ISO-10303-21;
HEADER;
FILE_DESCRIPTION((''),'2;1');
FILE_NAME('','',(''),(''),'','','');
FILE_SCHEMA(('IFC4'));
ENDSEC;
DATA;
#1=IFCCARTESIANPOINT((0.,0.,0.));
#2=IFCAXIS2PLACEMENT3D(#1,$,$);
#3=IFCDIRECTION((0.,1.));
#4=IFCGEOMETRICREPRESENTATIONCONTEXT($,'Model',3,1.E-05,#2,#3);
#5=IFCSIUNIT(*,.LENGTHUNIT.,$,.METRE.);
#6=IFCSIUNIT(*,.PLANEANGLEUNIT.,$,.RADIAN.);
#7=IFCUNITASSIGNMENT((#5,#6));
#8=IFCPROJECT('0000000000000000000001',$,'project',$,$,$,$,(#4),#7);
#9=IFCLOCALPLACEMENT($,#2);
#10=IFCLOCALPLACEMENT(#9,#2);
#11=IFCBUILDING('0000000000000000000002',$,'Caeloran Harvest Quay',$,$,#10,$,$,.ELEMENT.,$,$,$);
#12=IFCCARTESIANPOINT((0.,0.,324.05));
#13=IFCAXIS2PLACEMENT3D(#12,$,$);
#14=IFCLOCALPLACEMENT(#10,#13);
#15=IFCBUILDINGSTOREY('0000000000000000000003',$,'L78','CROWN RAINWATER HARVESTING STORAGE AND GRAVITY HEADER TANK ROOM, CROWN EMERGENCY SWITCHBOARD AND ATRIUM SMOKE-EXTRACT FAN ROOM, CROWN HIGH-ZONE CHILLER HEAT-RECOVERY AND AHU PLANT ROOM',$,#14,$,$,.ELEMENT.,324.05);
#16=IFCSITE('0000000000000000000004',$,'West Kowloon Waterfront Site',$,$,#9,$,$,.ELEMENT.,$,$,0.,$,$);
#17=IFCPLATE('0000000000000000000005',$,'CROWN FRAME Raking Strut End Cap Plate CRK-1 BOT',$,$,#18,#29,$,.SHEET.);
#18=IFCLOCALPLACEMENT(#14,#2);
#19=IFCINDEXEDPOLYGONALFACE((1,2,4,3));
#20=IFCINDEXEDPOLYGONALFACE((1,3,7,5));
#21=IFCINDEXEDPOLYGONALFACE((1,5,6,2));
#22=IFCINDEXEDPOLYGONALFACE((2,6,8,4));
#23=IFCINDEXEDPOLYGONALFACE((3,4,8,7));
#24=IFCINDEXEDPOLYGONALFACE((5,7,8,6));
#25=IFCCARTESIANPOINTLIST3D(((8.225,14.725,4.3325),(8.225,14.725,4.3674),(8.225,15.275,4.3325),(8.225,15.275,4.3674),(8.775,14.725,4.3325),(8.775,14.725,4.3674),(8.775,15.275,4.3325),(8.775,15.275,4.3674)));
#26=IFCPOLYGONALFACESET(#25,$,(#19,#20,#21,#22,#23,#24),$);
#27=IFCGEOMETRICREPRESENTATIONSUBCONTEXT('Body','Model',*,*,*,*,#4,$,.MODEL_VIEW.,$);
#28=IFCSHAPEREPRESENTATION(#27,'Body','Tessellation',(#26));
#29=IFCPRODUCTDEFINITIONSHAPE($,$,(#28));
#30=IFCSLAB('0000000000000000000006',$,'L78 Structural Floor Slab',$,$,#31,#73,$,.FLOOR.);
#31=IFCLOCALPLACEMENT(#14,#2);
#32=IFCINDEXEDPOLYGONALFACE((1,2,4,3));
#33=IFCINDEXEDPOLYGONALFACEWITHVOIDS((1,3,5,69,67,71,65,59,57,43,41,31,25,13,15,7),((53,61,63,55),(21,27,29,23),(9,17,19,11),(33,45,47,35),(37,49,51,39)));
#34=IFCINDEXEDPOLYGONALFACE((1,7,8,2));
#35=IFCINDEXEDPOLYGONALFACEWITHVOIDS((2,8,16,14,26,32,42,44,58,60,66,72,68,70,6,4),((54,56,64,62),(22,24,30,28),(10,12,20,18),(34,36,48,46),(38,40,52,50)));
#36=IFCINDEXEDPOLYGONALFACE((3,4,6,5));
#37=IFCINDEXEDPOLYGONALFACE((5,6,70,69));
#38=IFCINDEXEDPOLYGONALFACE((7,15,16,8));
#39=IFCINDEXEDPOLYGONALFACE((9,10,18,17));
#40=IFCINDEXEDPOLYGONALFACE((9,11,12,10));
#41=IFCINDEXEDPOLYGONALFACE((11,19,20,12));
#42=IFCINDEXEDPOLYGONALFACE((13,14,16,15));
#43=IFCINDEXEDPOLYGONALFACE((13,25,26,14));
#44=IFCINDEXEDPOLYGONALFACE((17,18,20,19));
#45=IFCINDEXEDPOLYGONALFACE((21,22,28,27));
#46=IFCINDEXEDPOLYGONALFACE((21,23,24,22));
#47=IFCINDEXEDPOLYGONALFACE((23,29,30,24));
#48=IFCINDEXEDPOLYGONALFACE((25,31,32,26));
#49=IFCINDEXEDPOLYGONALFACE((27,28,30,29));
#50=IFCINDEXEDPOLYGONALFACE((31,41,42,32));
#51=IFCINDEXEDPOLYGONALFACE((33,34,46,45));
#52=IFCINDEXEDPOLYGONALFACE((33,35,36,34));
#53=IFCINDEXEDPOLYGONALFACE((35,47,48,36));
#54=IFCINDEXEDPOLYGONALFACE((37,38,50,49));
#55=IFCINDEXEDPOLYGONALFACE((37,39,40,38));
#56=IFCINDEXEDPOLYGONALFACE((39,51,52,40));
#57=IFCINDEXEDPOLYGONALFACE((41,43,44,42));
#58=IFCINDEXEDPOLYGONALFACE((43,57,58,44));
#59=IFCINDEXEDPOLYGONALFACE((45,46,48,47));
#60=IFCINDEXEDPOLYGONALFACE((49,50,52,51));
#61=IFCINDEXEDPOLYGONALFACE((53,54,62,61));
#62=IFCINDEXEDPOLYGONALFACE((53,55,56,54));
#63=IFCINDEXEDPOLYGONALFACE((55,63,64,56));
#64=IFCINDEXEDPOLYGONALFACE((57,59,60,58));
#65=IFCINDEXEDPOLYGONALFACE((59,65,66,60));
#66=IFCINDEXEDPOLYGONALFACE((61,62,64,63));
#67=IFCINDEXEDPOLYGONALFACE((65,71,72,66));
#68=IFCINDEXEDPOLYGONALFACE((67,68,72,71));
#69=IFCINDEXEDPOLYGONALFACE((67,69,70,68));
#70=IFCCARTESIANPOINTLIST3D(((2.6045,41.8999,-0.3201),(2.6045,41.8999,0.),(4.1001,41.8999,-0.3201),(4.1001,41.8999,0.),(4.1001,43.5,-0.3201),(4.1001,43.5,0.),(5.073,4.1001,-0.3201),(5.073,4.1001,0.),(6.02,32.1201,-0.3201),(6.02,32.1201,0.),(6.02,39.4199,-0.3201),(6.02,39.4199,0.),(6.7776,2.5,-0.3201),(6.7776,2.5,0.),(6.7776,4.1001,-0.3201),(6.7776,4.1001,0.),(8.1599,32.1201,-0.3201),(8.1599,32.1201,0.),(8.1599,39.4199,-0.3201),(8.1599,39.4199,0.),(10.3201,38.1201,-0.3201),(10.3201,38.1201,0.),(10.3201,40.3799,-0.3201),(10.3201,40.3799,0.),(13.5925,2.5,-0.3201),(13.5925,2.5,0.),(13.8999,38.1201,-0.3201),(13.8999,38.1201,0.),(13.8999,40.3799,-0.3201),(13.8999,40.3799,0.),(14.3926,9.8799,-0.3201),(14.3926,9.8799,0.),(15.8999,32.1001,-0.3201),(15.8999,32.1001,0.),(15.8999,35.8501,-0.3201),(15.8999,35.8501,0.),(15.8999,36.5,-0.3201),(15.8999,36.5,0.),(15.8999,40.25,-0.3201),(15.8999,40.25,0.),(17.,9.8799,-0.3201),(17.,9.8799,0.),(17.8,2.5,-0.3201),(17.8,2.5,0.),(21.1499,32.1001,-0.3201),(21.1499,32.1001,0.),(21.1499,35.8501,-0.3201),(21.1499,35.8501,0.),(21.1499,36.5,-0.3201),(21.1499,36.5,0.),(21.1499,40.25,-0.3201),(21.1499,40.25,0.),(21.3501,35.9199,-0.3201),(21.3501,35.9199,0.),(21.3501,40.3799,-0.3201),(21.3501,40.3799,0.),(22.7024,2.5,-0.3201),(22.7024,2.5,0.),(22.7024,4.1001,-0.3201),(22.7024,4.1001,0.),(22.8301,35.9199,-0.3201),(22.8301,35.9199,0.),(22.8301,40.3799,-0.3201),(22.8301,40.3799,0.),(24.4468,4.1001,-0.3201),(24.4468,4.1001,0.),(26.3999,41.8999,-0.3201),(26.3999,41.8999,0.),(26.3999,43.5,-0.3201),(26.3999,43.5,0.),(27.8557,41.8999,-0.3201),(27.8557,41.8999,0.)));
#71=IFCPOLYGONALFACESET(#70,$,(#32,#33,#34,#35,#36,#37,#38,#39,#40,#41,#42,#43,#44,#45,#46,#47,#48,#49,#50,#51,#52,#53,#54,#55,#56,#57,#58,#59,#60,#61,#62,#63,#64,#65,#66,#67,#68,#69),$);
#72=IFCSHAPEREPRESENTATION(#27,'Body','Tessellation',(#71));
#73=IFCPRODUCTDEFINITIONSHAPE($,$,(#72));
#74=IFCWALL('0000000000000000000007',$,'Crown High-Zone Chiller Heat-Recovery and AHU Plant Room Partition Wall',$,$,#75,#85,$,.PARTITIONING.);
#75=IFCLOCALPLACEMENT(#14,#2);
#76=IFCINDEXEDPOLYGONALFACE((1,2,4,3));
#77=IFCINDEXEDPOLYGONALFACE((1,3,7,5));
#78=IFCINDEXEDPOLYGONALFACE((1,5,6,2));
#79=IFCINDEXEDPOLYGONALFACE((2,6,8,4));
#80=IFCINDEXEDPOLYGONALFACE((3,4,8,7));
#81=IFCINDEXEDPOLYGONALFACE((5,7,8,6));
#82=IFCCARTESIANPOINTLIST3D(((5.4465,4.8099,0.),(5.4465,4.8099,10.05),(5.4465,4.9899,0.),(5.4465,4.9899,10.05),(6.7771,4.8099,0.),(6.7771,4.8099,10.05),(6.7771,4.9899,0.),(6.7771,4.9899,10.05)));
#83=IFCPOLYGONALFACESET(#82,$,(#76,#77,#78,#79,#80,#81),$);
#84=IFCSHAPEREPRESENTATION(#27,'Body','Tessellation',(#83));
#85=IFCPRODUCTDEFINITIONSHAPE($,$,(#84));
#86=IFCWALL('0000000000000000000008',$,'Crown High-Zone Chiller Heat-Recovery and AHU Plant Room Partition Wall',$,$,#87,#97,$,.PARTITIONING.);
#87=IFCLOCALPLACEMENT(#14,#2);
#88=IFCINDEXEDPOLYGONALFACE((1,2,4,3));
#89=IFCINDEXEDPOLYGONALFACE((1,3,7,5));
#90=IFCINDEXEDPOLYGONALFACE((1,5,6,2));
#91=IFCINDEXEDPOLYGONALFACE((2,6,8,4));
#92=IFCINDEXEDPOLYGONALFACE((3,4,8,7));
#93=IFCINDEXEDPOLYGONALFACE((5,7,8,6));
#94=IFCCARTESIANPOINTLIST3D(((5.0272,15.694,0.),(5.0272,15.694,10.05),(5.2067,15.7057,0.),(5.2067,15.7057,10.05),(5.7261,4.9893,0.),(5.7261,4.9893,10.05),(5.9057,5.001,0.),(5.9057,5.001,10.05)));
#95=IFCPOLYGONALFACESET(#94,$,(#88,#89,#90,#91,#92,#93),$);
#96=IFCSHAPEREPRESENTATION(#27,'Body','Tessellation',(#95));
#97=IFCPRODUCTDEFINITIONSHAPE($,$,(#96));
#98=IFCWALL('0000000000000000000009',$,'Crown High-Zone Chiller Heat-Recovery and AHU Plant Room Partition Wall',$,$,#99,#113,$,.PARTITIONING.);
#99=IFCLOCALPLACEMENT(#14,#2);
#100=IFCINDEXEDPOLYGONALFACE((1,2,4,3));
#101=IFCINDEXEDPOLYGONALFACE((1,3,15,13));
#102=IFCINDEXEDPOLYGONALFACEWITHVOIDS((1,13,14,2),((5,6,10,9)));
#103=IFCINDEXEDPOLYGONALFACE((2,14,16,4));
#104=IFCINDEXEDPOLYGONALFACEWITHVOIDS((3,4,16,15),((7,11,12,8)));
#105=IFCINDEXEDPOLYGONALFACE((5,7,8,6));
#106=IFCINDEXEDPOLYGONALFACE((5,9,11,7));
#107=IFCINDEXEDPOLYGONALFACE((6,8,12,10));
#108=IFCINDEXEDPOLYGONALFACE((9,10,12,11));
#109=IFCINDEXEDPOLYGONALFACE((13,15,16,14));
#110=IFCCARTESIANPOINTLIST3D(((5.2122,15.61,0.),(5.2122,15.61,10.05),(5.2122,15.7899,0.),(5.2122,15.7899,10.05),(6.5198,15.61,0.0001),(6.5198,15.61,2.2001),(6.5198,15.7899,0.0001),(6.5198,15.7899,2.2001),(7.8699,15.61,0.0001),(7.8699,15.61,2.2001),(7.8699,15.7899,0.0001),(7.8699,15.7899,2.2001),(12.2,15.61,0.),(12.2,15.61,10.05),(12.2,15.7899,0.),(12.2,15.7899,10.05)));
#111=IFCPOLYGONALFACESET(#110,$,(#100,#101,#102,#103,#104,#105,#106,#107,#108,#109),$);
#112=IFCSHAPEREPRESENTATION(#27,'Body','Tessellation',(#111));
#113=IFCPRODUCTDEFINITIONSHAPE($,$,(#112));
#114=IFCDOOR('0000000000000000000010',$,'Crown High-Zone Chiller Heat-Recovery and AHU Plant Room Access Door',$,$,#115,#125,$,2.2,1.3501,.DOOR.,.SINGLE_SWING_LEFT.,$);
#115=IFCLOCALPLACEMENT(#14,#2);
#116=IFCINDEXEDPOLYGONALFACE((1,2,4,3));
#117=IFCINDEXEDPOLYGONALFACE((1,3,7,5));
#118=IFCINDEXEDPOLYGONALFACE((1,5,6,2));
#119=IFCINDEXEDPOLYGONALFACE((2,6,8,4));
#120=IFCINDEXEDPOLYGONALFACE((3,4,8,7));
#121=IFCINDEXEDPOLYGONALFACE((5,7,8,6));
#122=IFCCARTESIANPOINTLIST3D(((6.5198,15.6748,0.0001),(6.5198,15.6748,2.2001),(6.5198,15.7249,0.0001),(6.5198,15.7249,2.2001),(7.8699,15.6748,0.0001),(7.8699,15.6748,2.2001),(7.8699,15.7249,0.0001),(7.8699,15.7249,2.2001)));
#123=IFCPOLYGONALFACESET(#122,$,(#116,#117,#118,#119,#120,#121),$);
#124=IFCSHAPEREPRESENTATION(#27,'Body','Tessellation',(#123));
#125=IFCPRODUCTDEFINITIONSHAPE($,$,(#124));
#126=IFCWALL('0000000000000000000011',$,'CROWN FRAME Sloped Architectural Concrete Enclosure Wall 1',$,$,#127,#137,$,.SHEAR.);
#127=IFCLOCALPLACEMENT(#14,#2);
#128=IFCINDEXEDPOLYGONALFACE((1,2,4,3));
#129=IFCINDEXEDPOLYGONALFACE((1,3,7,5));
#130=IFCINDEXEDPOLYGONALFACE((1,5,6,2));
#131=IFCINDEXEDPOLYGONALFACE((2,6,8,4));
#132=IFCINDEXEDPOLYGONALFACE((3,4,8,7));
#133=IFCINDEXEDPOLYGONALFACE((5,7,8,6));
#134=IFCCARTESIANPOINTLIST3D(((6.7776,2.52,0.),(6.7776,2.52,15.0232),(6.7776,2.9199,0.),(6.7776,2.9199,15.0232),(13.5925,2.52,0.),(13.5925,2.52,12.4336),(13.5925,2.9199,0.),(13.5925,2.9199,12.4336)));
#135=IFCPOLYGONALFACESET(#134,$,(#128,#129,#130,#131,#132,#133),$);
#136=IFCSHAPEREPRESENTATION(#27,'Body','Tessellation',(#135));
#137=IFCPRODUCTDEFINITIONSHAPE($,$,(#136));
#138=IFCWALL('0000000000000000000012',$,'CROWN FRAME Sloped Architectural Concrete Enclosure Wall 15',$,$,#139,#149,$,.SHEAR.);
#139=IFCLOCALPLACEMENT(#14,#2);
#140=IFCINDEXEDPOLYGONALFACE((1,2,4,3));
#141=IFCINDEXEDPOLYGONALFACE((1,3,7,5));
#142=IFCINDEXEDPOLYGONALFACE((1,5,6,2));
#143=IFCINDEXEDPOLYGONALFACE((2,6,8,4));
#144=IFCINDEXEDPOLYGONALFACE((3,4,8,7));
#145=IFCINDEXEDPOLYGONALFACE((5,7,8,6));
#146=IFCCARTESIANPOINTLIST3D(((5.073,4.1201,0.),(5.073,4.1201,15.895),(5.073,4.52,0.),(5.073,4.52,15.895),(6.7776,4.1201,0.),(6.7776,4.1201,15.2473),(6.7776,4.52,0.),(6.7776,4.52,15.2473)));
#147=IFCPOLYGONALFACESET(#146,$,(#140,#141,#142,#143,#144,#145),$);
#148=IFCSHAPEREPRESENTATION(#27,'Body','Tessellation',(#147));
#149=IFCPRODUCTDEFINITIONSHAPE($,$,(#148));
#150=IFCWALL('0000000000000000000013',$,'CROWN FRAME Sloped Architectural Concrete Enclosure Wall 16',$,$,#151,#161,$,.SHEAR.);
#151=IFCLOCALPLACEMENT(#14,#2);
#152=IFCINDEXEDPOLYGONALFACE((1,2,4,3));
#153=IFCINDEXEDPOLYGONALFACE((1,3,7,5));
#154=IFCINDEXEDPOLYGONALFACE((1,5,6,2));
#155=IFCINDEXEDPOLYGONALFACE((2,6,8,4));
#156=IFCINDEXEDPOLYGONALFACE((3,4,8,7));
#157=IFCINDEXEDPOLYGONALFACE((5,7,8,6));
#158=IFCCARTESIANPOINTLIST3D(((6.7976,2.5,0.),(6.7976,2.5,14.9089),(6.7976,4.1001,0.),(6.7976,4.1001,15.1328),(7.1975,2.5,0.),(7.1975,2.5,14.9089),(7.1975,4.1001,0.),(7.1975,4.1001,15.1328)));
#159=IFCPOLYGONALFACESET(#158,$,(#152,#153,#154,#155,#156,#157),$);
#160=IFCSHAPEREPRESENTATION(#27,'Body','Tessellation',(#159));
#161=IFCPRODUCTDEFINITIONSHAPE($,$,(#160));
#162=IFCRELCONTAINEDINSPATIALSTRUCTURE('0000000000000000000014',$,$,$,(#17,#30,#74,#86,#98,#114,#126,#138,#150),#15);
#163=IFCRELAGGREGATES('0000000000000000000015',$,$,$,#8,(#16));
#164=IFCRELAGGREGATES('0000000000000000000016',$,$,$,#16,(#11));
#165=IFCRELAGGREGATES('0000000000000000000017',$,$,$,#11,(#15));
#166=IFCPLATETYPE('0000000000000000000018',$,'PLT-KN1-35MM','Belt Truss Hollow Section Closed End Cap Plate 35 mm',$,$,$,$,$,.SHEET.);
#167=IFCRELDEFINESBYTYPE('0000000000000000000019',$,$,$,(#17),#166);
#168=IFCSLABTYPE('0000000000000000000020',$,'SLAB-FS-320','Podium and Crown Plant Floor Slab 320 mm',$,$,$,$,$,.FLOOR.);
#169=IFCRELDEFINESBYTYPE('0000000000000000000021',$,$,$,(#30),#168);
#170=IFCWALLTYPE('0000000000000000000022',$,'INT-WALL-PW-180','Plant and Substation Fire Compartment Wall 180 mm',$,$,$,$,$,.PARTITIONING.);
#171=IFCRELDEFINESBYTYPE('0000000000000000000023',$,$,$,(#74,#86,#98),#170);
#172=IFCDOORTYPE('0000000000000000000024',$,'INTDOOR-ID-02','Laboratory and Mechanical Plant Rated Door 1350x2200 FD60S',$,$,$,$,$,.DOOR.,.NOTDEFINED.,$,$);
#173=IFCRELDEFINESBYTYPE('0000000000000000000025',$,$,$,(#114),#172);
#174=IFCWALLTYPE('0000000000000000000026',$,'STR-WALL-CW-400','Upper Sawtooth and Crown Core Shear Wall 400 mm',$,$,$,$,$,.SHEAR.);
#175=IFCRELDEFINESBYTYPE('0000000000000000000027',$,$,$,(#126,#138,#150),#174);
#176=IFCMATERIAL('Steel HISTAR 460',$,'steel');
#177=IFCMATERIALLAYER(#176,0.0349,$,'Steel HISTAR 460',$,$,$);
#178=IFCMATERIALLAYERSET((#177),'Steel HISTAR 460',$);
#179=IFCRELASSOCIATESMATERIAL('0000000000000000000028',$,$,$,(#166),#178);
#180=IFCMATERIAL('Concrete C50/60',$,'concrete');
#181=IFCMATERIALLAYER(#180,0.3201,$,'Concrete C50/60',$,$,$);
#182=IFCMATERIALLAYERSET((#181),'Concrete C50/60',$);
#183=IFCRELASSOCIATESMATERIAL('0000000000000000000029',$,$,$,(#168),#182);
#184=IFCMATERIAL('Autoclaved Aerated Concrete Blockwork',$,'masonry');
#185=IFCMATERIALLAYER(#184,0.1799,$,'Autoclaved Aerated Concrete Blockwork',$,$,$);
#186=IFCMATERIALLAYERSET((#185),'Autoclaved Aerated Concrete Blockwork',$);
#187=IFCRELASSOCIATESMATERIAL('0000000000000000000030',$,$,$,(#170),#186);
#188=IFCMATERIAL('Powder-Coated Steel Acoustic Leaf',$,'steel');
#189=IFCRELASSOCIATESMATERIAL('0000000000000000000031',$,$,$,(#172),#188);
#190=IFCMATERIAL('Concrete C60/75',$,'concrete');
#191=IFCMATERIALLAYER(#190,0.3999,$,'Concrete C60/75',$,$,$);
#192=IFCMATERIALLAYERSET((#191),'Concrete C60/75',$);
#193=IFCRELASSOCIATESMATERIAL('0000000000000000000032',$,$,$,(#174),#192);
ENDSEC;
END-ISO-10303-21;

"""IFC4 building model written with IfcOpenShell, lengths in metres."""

from ifc_helpers import new_model, si_unit, direction, frame, frame_2d, origin, origin_2d, place, context, subcontext, project, spatial, polyline, rectangle, outline, extrude, material, layer, layer_set, type_object, element, fill, save


model = new_model("IFC4")

# Units and contexts
model_context = context("Model", 3, precision=1e-05, world=origin(), true_north=direction((0.0, 1.0)))
body_context = subcontext(model_context, "Body", "Model", "MODEL_VIEW")
ifc_project = project(units=[si_unit("LENGTHUNIT", "METRE"), si_unit("PLANEANGLEUNIT", "RADIAN")], contexts=[model_context])

# Site, building, storey
site_placement = place(None, origin())
site = spatial("IfcSite", under=ifc_project, at=site_placement, Name="West Kowloon Waterfront Site", CompositionType="ELEMENT", RefElevation=0.0)
building_placement = place(site_placement, origin())
building = spatial("IfcBuilding", under=site, at=building_placement, Name="Caeloran Harvest Quay", CompositionType="ELEMENT")
storey_placement = place(building_placement, frame((0.0, 0.0, 324.05)))
storey = spatial("IfcBuildingStorey", under=building, at=storey_placement, Name="L78", Description="CROWN RAINWATER HARVESTING STORAGE AND GRAVITY HEADER TANK ROOM, CROWN EMERGENCY SWITCHBOARD AND ATRIUM SMOKE-EXTRACT FAN ROOM, CROWN HIGH-ZONE CHILLER HEAT-RECOVERY AND AHU PLANT ROOM", CompositionType="ELEMENT", Elevation=324.05)

# Shared definitions
ifc_material_1 = material(Name="Concrete C60/75", Category="concrete")

# Plate
ifc_material_2 = material(Name="Steel HISTAR 460", Category="steel")
ifc_layer_1 = layer(ifc_material_2, 0.0349, Name="Steel HISTAR 460")
ifc_layer_set_1 = layer_set([ifc_layer_1], Name="Steel HISTAR 460")
plate_type = type_object("IfcPlateType", Name="PLT-KN1-35MM", Description="Belt Truss Hollow Section Closed End Cap Plate 35 mm", PredefinedType="SHEET", material=ifc_layer_set_1)
plate_placement = place(storey_placement, frame((8.5, 15.0, 4.3325), z_axis=(0.0, 0.0, 1.0), x_axis=(1.0, 0.0, 0.0)))
element("IfcPlate", 1, at=plate_placement, inside=storey, type_object=plate_type, Name="CROWN FRAME Raking Strut End Cap Plate CRK-1 BOT", PredefinedType="SHEET", context=body_context, shape_type="SweptSolid", body=[
    extrude(rectangle(XDim=0.55, YDim=0.55, at=origin_2d()), origin(), (0.0, 0.0, 1.0), 0.0349),
])

# Slab
ifc_material_3 = material(Name="Concrete C50/60", Category="concrete")
ifc_layer_2 = layer(ifc_material_3, 0.3201, Name="Concrete C50/60")
ifc_layer_set_2 = layer_set([ifc_layer_2], Name="Concrete C50/60")
slab_type = type_object("IfcSlabType", Name="SLAB-FS-320", Description="Podium and Crown Plant Floor Slab 320 mm", PredefinedType="FLOOR", material=ifc_layer_set_2)
slab_placement = place(storey_placement, frame((0.0, 0.0, -0.3201)))
element("IfcSlab", 2, at=slab_placement, inside=storey, type_object=slab_type, Name="L78 Structural Floor Slab", PredefinedType="FLOOR", context=body_context, shape_type="SweptSolid", body=[
    extrude(outline(polyline([(6.7776, 2.5), (13.5925, 2.5), (14.3926, 9.8799), (17.0, 9.8799), (17.8, 2.5), (22.7024, 2.5), (22.7024, 4.1001), (24.4468, 4.1001), (27.8557, 41.8999), (26.3999, 41.8999), (26.3999, 43.5), (4.1001, 43.5), (4.1001, 41.8999), (2.6045, 41.8999), (5.073, 4.1001), (6.7776, 4.1001), (6.7776, 2.5)]), holes=[polyline([(21.1499, 32.1001), (15.8999, 32.1001), (15.8999, 35.8501), (21.1499, 35.8501), (21.1499, 32.1001)]), polyline([(8.1599, 39.4199), (8.1599, 32.1201), (6.02, 32.1201), (6.02, 39.4199), (8.1599, 39.4199)]), polyline([(22.8301, 40.3799), (22.8301, 35.9199), (21.3501, 35.9199), (21.3501, 40.3799), (22.8301, 40.3799)]), polyline([(15.8999, 36.5), (15.8999, 40.25), (21.1499, 40.25), (21.1499, 36.5), (15.8999, 36.5)]), polyline([(13.8999, 38.1201), (10.3201, 38.1201), (10.3201, 40.3799), (13.8999, 40.3799), (13.8999, 38.1201)])]), origin(), (0.0, 0.0, 1.0), 0.3201),
])

# Walls
ifc_material_4 = material(Name="Autoclaved Aerated Concrete Blockwork", Category="masonry")
ifc_layer_3 = layer(ifc_material_4, 0.1799, Name="Autoclaved Aerated Concrete Blockwork")
ifc_layer_set_3 = layer_set([ifc_layer_3], Name="Autoclaved Aerated Concrete Blockwork")
wall_type_1 = type_object("IfcWallType", Name="INT-WALL-PW-180", Description="Plant and Substation Fire Compartment Wall 180 mm", PredefinedType="PARTITIONING", material=ifc_layer_set_3)
wall_1_placement = place(storey_placement, frame((6.7771, 4.8999, 0.0), z_axis=(0.0, 0.0, 1.0), x_axis=(-1.0, 0.0, 0.0)))
element("IfcWall", 3, at=wall_1_placement, inside=storey, type_object=wall_type_1, Name="Crown High-Zone Chiller Heat-Recovery and AHU Plant Room Partition Wall", PredefinedType="PARTITIONING", context=body_context, shape_type="SweptSolid", body=[
    extrude(rectangle(XDim=1.3306, YDim=0.1799, at=frame_2d((0.6653, 0.0))), origin(), (0.0, 0.0, 1.0), 10.05),
])
wall_2_placement = place(storey_placement, frame((5.8159, 4.9951, 0.0), z_axis=(0.0, 0.0, 1.0), x_axis=(-0.065156, 0.997875, 0.0)))
element("IfcWall", 4, at=wall_2_placement, inside=storey, type_object=wall_type_1, Name="Crown High-Zone Chiller Heat-Recovery and AHU Plant Room Partition Wall", PredefinedType="PARTITIONING", context=body_context, shape_type="SweptSolid", body=[
    extrude(rectangle(XDim=10.7275, YDim=0.1799, at=frame_2d((5.3638, 0.0))), origin(), (0.0, 0.0, 1.0), 10.05),
])

# Wall, opening, door
wall_3_placement = place(storey_placement, frame((5.2122, 15.7, 0.0), z_axis=(0.0, 0.0, 1.0), x_axis=(1.0, 0.0, 0.0)))
wall_3 = element("IfcWall", 5, at=wall_3_placement, inside=storey, type_object=wall_type_1, Name="Crown High-Zone Chiller Heat-Recovery and AHU Plant Room Partition Wall", PredefinedType="PARTITIONING", context=body_context, shape_type="SweptSolid", body=[
    extrude(rectangle(XDim=6.9878, YDim=0.1799, at=frame_2d((3.4939, 0.0))), origin(), (0.0, 0.0, 1.0), 10.05),
])
opening_placement = place(wall_3_placement, frame((1.3076, 0.0, 0.0)))
opening = element("IfcOpeningElement", 6, at=opening_placement, cuts=wall_3, PredefinedType="OPENING", context=body_context, shape_type="SweptSolid", body=[
    extrude(rectangle(XDim=1.3501, YDim=2.2, at=frame_2d((0.675, 1.1001))), frame((0.0, 0.1001, 0.0), z_axis=(0.0, -1.0, 0.0), x_axis=(1.0, 0.0, 0.0)), (0.0, 0.0, 1.0), 0.2),
])
ifc_material_5 = material(Name="Powder-Coated Steel Acoustic Leaf", Category="steel")
door_type = type_object("IfcDoorType", Name="INTDOOR-ID-02", Description="Laboratory and Mechanical Plant Rated Door 1350x2200 FD60S", OperationType="NOTDEFINED", PredefinedType="DOOR", material=ifc_material_5)
door_placement = place(opening_placement, origin())
door = element("IfcDoor", 7, at=door_placement, inside=storey, type_object=door_type, Name="Crown High-Zone Chiller Heat-Recovery and AHU Plant Room Access Door", OperationType="SINGLE_SWING_LEFT", OverallHeight=2.2, OverallWidth=1.3501, PredefinedType="DOOR", context=body_context, shape_type="SweptSolid", body=[
    extrude(rectangle(XDim=1.3501, YDim=2.2, at=frame_2d((0.675, 1.1001))), frame((0.0, 0.0249, 0.0), z_axis=(0.0, -1.0, 0.0), x_axis=(1.0, 0.0, 0.0)), (0.0, 0.0, 1.0), 0.05),
])
fill(opening, door)

# Walls
ifc_layer_4 = layer(ifc_material_1, 0.3999, Name="Concrete C60/75")
ifc_layer_set_4 = layer_set([ifc_layer_4], Name="Concrete C60/75")
wall_type_2 = type_object("IfcWallType", Name="STR-WALL-CW-400", Description="Upper Sawtooth and Crown Core Shear Wall 400 mm", PredefinedType="SHEAR", material=ifc_layer_set_4)
wall_4_placement = place(storey_placement, frame((6.7776, 2.72, 0.0), z_axis=(0.0, 0.0, 1.0), x_axis=(1.0, 0.0, 0.0)))
element("IfcWall", 8, at=wall_4_placement, inside=storey, type_object=wall_type_2, Name="CROWN FRAME Sloped Architectural Concrete Enclosure Wall 1", PredefinedType="SHEAR", context=body_context, shape_type="SweptSolid", body=[
    extrude(outline(polyline([(0.0, 0.0), (6.8149, 0.0), (6.8149, 12.4336), (0.0, 15.0232), (0.0, 0.0)])), frame((0.0, 0.2, 0.0), z_axis=(0.0, -1.0, 0.0), x_axis=(1.0, 0.0, 0.0)), (0.0, 0.0, 1.0), 0.3999),
])
wall_5_placement = place(storey_placement, frame((5.073, 4.3201, 0.0), z_axis=(0.0, 0.0, 1.0), x_axis=(1.0, 0.0, 0.0)))
element("IfcWall", 9, at=wall_5_placement, inside=storey, type_object=wall_type_2, Name="CROWN FRAME Sloped Architectural Concrete Enclosure Wall 15", PredefinedType="SHEAR", context=body_context, shape_type="SweptSolid", body=[
    extrude(outline(polyline([(0.0, 0.0), (1.7046, 0.0), (1.7046, 15.2473), (0.0, 15.895), (0.0, 0.0)])), frame((0.0, 0.2, 0.0), z_axis=(0.0, -1.0, 0.0), x_axis=(1.0, 0.0, 0.0)), (0.0, 0.0, 1.0), 0.3999),
])
wall_6_placement = place(storey_placement, frame((6.9976, 4.1001, 0.0), z_axis=(0.0, 0.0, 1.0), x_axis=(0.0, -1.0, 0.0)))
element("IfcWall", 10, at=wall_6_placement, inside=storey, type_object=wall_type_2, Name="CROWN FRAME Sloped Architectural Concrete Enclosure Wall 16", PredefinedType="SHEAR", context=body_context, shape_type="SweptSolid", body=[
    extrude(outline(polyline([(0.0, 0.0), (1.6001, 0.0), (1.6001, 14.9089), (0.0, 15.1328), (0.0, 0.0)])), frame((0.0, 0.2, 0.0), z_axis=(0.0, -1.0, 0.0), x_axis=(1.0, 0.0, 0.0)), (0.0, 0.0, 1.0), 0.3999),
])

save(model, "model.ifc")
